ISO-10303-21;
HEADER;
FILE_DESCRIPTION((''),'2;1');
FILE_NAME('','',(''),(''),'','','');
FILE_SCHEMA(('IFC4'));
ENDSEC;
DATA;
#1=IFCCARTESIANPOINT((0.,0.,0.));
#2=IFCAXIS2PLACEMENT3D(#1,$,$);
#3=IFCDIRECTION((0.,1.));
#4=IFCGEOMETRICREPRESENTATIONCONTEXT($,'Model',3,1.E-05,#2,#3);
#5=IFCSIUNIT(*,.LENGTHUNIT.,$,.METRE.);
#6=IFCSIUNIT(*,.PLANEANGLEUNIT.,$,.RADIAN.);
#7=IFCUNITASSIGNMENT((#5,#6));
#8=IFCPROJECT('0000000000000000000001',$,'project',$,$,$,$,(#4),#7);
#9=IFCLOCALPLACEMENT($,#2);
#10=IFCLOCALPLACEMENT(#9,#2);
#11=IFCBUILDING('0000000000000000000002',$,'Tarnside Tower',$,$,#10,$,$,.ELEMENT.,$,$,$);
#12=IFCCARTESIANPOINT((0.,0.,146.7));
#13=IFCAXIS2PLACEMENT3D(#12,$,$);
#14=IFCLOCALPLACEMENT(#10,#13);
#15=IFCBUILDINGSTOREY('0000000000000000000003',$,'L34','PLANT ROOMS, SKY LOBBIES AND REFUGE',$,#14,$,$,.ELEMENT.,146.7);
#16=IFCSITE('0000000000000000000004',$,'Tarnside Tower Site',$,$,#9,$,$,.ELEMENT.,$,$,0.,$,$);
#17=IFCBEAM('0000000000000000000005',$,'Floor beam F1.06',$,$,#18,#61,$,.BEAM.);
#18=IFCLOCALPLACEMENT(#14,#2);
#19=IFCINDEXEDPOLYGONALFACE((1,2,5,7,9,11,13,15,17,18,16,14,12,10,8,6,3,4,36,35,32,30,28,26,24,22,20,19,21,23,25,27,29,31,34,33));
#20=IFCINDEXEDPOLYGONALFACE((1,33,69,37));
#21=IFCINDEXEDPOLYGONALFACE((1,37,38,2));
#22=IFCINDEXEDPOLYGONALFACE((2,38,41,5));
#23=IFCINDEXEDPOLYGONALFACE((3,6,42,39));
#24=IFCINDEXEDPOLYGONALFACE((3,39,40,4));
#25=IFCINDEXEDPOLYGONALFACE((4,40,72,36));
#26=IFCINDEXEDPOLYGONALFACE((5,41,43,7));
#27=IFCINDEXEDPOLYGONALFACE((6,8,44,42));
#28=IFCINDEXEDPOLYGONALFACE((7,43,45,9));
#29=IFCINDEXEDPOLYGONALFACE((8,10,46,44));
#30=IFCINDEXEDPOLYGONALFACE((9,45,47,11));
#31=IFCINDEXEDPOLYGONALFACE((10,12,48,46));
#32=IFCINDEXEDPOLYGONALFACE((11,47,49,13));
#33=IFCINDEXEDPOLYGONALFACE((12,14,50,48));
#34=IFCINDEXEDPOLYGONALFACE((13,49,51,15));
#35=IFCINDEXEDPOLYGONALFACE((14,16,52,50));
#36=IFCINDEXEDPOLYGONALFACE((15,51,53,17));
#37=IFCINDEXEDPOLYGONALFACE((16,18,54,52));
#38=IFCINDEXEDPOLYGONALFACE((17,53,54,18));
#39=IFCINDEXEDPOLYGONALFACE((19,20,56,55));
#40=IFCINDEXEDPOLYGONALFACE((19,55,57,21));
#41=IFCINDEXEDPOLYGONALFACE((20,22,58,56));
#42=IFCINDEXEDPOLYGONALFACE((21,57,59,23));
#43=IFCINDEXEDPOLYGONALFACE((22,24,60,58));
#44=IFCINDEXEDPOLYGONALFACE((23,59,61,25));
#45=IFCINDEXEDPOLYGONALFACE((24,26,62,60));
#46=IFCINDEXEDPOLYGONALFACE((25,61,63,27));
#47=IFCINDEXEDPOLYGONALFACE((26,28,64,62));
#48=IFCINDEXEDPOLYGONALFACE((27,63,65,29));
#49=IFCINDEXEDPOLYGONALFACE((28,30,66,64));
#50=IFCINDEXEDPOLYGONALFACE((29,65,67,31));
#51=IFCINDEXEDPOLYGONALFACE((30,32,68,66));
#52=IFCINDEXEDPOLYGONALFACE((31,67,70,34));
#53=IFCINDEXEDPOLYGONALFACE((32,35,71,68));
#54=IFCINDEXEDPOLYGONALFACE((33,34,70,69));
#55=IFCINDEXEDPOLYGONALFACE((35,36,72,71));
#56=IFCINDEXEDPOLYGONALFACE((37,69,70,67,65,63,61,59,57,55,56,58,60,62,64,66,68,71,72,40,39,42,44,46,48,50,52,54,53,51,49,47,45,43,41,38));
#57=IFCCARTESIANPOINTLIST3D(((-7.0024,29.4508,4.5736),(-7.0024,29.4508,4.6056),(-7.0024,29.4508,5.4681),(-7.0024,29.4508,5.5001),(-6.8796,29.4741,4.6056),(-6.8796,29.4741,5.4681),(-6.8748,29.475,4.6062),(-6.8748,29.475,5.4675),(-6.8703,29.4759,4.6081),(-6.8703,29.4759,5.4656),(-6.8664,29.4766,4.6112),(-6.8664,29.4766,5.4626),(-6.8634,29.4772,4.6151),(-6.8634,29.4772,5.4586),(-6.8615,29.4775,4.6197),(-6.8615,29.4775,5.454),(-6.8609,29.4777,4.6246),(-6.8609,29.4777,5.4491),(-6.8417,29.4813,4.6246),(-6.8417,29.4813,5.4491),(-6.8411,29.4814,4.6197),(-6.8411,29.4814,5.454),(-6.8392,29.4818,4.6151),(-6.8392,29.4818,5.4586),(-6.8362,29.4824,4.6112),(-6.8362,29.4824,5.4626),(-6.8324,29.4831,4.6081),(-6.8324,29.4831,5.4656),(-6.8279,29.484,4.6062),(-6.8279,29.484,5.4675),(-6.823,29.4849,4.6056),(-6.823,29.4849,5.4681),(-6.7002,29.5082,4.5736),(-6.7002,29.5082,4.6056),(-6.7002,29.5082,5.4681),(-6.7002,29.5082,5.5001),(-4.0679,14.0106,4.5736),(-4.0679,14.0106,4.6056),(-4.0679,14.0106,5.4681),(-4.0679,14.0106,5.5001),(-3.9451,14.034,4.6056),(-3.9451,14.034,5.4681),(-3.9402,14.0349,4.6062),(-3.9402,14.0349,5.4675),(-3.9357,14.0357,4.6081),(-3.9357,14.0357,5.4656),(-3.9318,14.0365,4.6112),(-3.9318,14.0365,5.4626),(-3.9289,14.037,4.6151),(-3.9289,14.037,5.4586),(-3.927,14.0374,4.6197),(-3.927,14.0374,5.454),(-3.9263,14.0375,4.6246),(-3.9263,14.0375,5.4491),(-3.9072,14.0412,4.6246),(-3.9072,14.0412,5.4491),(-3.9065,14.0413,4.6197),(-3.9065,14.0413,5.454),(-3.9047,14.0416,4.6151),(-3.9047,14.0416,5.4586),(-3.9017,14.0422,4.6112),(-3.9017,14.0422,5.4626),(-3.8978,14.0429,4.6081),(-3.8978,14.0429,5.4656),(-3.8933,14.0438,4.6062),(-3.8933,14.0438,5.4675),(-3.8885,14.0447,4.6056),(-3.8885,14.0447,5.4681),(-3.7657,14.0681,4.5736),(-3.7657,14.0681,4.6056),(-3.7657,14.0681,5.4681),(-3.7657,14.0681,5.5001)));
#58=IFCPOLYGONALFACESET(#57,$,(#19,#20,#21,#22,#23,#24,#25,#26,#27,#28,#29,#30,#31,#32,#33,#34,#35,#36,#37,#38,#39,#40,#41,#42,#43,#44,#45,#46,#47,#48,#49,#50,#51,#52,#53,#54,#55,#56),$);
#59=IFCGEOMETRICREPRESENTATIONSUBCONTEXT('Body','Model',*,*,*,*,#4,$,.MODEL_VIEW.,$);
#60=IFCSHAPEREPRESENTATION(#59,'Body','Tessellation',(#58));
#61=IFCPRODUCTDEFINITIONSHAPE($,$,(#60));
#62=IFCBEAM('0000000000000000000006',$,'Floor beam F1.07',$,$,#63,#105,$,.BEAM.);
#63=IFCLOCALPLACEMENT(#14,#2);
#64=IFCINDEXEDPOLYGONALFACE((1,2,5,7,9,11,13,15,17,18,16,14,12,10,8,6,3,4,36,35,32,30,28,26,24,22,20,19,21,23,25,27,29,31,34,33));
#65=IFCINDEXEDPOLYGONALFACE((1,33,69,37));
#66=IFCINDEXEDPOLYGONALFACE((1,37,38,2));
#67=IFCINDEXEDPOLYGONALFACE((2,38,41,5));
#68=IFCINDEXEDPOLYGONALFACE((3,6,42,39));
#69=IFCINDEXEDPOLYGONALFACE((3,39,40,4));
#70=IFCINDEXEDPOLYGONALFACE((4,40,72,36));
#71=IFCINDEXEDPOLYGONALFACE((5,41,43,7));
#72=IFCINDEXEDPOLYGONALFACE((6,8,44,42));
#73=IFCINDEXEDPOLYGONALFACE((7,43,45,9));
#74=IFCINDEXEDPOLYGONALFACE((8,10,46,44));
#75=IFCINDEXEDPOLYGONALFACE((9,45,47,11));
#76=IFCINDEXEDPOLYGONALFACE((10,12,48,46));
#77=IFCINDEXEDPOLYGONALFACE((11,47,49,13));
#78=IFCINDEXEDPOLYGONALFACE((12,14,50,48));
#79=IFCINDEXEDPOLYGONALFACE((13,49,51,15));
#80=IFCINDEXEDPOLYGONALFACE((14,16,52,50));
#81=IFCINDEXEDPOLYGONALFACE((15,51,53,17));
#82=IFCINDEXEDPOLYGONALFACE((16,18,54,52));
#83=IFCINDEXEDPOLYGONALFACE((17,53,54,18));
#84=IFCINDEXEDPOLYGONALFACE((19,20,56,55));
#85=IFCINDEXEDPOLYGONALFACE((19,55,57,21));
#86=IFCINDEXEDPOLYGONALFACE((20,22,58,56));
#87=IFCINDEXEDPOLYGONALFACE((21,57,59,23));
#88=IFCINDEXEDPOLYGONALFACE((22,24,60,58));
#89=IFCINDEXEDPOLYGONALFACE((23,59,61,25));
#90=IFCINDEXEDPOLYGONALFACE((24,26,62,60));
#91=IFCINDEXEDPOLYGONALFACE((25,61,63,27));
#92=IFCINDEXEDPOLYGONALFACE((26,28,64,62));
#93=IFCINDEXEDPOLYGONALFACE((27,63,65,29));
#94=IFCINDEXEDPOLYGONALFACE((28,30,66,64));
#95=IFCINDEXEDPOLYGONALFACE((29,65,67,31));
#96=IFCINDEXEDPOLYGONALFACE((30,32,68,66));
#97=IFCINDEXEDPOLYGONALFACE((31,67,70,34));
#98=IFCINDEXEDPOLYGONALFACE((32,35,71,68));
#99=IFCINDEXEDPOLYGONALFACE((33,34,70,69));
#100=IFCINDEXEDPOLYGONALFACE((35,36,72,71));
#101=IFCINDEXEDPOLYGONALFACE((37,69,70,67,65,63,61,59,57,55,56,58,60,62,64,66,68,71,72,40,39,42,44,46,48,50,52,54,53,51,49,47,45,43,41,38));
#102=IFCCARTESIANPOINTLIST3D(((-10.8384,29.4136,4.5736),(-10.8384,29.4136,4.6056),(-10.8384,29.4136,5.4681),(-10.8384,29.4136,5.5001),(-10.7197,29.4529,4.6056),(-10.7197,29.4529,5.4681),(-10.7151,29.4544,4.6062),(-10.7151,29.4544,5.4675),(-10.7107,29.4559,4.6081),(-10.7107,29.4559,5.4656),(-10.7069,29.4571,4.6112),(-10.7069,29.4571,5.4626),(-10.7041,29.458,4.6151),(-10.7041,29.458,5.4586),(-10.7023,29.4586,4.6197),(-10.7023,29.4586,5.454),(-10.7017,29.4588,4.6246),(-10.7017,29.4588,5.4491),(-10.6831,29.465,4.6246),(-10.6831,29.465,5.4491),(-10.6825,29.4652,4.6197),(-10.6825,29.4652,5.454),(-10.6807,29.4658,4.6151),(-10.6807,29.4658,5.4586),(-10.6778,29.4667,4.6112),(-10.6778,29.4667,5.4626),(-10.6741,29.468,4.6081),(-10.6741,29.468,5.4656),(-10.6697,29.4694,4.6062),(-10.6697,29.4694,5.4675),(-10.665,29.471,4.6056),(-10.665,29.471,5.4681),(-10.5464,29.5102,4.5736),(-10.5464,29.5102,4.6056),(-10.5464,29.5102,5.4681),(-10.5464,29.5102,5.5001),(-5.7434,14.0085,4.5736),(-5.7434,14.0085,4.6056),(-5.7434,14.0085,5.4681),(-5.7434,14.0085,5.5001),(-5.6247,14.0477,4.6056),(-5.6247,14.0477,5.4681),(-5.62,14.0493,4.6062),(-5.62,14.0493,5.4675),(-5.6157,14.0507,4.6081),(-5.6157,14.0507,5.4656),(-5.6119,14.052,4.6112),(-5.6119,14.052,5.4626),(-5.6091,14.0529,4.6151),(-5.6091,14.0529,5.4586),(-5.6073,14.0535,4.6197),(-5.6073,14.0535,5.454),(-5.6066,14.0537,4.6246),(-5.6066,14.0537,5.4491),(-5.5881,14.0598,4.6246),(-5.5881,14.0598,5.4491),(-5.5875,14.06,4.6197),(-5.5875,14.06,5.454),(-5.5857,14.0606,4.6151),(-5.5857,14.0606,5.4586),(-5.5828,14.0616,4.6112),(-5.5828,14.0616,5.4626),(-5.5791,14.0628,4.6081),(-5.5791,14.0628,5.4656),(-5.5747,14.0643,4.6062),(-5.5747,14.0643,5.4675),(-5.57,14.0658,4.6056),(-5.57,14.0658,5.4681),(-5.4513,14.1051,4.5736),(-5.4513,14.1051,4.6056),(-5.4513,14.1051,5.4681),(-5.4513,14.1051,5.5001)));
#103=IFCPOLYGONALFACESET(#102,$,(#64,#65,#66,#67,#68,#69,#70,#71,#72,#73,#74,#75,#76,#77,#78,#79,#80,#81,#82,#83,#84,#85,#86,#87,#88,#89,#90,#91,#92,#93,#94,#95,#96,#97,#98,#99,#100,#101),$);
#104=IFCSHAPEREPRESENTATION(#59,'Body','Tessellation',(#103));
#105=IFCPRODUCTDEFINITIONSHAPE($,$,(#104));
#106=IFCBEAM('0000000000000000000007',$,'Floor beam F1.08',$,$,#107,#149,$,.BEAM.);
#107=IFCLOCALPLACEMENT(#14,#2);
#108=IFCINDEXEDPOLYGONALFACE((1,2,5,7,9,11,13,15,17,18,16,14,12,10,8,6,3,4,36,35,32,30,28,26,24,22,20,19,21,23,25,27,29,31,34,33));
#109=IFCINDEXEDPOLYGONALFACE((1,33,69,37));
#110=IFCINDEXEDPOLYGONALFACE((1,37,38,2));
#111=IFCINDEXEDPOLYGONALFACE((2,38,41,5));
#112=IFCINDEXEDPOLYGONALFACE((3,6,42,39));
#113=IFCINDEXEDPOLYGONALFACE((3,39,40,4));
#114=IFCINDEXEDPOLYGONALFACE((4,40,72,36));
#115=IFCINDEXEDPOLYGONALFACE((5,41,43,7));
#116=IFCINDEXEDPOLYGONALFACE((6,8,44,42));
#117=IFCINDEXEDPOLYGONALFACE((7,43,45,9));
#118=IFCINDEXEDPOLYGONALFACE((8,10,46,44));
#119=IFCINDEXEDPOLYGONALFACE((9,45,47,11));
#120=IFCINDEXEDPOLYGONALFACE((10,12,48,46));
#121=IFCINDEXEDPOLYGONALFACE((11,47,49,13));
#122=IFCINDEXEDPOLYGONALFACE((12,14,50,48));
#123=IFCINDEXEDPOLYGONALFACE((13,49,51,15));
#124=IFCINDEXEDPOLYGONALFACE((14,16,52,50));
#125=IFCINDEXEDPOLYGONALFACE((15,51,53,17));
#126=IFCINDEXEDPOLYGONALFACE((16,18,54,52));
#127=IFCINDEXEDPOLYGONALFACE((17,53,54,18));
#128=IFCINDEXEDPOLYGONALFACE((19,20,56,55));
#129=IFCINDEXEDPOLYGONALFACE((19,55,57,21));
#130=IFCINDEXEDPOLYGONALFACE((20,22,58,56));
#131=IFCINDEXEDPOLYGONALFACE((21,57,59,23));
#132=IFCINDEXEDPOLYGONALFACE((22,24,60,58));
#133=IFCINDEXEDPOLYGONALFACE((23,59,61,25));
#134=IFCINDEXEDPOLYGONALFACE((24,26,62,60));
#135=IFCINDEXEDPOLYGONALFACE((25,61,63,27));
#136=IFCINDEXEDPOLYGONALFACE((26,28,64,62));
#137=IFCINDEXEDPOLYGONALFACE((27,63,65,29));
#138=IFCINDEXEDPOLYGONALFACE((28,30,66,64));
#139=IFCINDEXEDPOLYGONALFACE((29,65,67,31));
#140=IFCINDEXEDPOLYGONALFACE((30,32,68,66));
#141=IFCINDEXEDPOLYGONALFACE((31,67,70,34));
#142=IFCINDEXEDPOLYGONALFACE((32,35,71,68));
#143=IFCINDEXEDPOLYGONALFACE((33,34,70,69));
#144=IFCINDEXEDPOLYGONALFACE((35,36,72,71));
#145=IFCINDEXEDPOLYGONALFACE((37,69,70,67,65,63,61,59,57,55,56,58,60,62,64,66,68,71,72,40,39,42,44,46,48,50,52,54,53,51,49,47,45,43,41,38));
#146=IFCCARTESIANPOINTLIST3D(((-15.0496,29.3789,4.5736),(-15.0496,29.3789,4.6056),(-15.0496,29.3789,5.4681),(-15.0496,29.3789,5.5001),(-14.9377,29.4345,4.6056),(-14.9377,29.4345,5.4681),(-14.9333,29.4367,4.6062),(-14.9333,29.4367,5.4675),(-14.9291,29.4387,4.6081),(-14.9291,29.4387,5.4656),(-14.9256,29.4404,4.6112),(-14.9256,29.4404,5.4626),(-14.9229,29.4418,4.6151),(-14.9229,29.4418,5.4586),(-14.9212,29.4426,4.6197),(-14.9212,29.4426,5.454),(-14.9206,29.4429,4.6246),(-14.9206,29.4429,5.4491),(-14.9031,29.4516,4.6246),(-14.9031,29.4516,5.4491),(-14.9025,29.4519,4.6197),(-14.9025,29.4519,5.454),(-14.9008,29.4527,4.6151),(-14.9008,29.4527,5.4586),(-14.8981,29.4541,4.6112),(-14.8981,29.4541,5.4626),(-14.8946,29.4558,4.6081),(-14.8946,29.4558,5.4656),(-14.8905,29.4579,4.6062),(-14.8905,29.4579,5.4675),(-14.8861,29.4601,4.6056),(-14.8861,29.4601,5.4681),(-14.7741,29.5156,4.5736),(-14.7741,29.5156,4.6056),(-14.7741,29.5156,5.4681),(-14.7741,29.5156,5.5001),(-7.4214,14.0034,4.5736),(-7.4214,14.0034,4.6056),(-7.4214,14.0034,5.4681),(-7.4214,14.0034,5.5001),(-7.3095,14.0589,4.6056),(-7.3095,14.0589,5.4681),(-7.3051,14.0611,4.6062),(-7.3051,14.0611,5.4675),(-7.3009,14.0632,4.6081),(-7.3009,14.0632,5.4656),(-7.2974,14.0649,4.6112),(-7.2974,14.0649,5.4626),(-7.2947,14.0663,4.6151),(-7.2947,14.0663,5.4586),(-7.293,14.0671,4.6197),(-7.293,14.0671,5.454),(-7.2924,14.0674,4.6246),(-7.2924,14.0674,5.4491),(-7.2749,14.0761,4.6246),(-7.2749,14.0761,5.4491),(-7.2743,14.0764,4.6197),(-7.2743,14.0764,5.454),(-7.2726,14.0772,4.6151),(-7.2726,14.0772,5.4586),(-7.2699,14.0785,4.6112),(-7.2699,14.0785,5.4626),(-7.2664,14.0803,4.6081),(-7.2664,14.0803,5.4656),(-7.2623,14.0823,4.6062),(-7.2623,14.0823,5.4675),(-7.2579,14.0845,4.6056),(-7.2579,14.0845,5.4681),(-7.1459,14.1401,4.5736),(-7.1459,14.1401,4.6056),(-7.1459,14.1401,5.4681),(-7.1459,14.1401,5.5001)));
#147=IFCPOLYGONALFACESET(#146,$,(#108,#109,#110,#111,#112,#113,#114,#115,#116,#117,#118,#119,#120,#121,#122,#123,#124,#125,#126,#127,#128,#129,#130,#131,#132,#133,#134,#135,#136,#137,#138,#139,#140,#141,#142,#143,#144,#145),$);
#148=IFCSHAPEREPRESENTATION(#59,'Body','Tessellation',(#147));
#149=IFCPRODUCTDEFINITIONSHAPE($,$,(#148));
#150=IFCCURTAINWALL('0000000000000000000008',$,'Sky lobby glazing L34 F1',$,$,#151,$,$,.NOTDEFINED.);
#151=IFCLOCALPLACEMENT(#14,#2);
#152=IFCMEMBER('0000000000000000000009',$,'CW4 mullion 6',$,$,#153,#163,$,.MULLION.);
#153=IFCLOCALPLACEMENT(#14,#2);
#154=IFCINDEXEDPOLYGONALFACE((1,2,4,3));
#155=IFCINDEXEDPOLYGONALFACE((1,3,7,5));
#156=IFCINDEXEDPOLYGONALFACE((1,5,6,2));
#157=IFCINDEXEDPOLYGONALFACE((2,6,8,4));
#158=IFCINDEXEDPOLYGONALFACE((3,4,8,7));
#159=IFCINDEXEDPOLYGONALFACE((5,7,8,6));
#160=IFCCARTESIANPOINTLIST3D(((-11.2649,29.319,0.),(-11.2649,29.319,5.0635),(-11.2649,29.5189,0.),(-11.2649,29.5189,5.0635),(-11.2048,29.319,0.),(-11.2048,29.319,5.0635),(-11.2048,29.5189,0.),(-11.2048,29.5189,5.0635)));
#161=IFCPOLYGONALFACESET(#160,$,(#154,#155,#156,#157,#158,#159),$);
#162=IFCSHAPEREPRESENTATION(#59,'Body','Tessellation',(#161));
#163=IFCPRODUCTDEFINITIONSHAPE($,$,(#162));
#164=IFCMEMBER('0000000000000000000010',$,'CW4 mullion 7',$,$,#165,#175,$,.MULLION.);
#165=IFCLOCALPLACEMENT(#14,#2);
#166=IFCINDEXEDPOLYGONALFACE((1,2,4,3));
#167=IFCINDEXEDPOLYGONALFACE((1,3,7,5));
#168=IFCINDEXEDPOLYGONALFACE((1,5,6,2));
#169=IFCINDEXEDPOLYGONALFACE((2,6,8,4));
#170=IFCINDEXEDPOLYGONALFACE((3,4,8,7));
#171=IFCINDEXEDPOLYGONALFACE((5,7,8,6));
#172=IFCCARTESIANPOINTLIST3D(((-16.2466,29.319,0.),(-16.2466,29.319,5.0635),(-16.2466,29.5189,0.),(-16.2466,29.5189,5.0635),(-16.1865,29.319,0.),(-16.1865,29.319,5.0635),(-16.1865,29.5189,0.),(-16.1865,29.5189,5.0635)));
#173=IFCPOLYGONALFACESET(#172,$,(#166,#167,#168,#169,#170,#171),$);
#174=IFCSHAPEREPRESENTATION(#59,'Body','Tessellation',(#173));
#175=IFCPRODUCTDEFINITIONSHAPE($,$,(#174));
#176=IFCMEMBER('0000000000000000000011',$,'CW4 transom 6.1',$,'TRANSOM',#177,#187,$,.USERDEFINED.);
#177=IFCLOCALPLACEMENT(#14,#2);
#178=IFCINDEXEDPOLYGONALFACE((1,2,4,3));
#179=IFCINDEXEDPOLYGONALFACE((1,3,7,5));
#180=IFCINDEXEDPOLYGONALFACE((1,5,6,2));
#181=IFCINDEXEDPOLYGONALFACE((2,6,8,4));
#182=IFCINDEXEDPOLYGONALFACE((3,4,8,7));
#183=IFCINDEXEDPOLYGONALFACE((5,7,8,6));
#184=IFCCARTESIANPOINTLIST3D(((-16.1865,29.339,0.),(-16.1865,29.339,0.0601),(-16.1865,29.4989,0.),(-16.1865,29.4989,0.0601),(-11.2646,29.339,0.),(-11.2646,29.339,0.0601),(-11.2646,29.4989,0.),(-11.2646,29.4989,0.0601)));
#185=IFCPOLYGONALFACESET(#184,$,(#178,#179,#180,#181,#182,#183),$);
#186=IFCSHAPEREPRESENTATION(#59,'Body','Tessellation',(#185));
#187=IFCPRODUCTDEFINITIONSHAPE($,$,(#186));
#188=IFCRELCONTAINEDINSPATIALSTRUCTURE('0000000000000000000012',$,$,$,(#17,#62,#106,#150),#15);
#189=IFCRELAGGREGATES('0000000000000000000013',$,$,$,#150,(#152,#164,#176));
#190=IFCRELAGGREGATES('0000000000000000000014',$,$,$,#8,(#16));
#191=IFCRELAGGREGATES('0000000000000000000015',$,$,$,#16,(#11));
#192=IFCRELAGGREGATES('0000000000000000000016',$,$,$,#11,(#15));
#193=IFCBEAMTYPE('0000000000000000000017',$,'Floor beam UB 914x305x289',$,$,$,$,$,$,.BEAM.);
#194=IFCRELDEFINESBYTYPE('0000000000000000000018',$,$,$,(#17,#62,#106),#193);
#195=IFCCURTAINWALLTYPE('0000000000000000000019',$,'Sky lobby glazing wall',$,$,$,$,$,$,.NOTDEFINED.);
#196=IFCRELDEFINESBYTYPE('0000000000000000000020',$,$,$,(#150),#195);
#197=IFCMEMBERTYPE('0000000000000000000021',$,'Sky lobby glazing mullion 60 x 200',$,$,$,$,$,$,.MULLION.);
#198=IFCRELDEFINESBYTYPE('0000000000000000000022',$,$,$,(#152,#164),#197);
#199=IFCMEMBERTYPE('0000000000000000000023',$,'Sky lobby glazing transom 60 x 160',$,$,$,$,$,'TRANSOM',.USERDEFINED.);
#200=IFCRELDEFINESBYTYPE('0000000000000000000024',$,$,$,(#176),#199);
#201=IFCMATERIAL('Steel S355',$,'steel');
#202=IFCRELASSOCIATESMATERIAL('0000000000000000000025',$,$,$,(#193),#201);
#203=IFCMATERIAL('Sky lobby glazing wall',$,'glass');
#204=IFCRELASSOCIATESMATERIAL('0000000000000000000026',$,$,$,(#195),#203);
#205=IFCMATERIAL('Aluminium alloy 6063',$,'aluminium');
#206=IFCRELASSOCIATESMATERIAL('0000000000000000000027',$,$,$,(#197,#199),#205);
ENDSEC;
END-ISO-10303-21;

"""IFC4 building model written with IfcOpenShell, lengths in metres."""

from ifc_helpers import new_model, si_unit, direction, frame, origin, origin_2d, place, context, subcontext, project, spatial, rectangle, i_section, extrude, material, material_profile, profile_set, type_object, element, aggregate, save


model = new_model("IFC4")

# Units and contexts
model_context = context("Model", 3, precision=1e-05, world=origin(), true_north=direction((0.0, 1.0)))
body_context = subcontext(model_context, "Body", "Model", "MODEL_VIEW")
ifc_project = project(units=[si_unit("LENGTHUNIT", "METRE"), si_unit("PLANEANGLEUNIT", "RADIAN")], contexts=[model_context])

# Site, building, storey
site_placement = place(None, origin())
site = spatial("IfcSite", under=ifc_project, at=site_placement, Name="Tarnside Tower Site", CompositionType="ELEMENT", RefElevation=0.0)
building_placement = place(site_placement, origin())
building = spatial("IfcBuilding", under=site, at=building_placement, Name="Tarnside Tower", CompositionType="ELEMENT")
storey_placement = place(building_placement, frame((0.0, 0.0, 146.7)))
storey = spatial("IfcBuildingStorey", under=building, at=storey_placement, Name="L34", Description="PLANT ROOMS, SKY LOBBIES AND REFUGE", CompositionType="ELEMENT", Elevation=146.7)

# Beams
ifc_material_1 = material(Name="Steel S355", Category="steel")
ifc_material_profile_1 = material_profile(ifc_material_1, i_section(OverallWidth=0.3076, OverallDepth=0.9265, WebThickness=0.0195, FlangeThickness=0.032, FilletRadius=0.019, at=origin_2d()), Name="UB 914x305x289")
ifc_profile_set_1 = profile_set([ifc_material_profile_1], Name="Steel S355")
beam_type = type_object("IfcBeamType", Name="Floor beam UB 914x305x289", PredefinedType="BEAM", material=ifc_profile_set_1)
beam_1_placement = place(storey_placement, frame((-6.8513, 29.4795, 5.0369), z_axis=(0.186718, -0.982414, 0.0), x_axis=(0.982414, 0.186718, 0.0)))
element("IfcBeam", 1, at=beam_1_placement, inside=storey, type_object=beam_type, Name="Floor beam F1.06", PredefinedType="BEAM", context=body_context, shape_type="SweptSolid", body=[
    extrude(i_section(OverallWidth=0.3076, OverallDepth=0.9265, WebThickness=0.0195, FlangeThickness=0.032, FilletRadius=0.019, at=origin_2d()), origin(), (0.0, 0.0, 1.0), 15.7166),
])
beam_2_placement = place(storey_placement, frame((-10.6924, 29.4619, 5.0369), z_axis=(0.314006, -0.949421, 0.0), x_axis=(0.949421, 0.314006, 0.0)))
element("IfcBeam", 2, at=beam_2_placement, inside=storey, type_object=beam_type, Name="Floor beam F1.07", PredefinedType="BEAM", context=body_context, shape_type="SweptSolid", body=[
    extrude(i_section(OverallWidth=0.3076, OverallDepth=0.9265, WebThickness=0.0195, FlangeThickness=0.032, FilletRadius=0.019, at=origin_2d()), origin(), (0.0, 0.0, 1.0), 16.2258),
])
beam_3_placement = place(storey_placement, frame((-14.9119, 29.4473, 5.0369), z_axis=(0.444435, -0.895811, 0.0), x_axis=(0.895811, 0.444435, 0.0)))
element("IfcBeam", 3, at=beam_3_placement, inside=storey, type_object=beam_type, Name="Floor beam F1.08", PredefinedType="BEAM", context=body_context, shape_type="SweptSolid", body=[
    extrude(i_section(OverallWidth=0.3076, OverallDepth=0.9265, WebThickness=0.0195, FlangeThickness=0.032, FilletRadius=0.019, at=origin_2d()), origin(), (0.0, 0.0, 1.0), 17.1638),
])

# Curtain wall, members
ifc_material_2 = material(Name="Sky lobby glazing wall", Category="glass")
curtain_wall_type = type_object("IfcCurtainWallType", Name="Sky lobby glazing wall", PredefinedType="NOTDEFINED", material=ifc_material_2)
curtain_wall_placement = place(storey_placement, origin())
curtain_wall = element("IfcCurtainWall", 4, at=curtain_wall_placement, inside=storey, type_object=curtain_wall_type, Name="Sky lobby glazing L34 F1", PredefinedType="NOTDEFINED")
ifc_material_3 = material(Name="Aluminium alloy 6063", Category="aluminium")
ifc_material_profile_2 = material_profile(ifc_material_3, rectangle(XDim=0.2, YDim=0.0601, at=origin_2d()), Name="Sky lobby glazing mullion 60 x 200")
ifc_profile_set_2 = profile_set([ifc_material_profile_2], Name="Aluminium alloy 6063")
member_type_1 = type_object("IfcMemberType", Name="Sky lobby glazing mullion 60 x 200", PredefinedType="MULLION", material=ifc_profile_set_2)
member_1_placement = place(storey_placement, frame((-11.2349, 29.4189, 0.0), z_axis=(0.0, 0.0, 1.0), x_axis=(0.0, -1.0, 0.0)))
member_1 = element("IfcMember", 5, at=member_1_placement, type_object=member_type_1, Name="CW4 mullion 6", PredefinedType="MULLION", context=body_context, shape_type="SweptSolid", body=[
    extrude(rectangle(XDim=0.2, YDim=0.0601, at=origin_2d()), origin(), (0.0, 0.0, 1.0), 5.0635),
])
member_2_placement = place(storey_placement, frame((-16.2166, 29.4189, 0.0), z_axis=(0.0, 0.0, 1.0), x_axis=(0.0, -1.0, 0.0)))
member_2 = element("IfcMember", 6, at=member_2_placement, type_object=member_type_1, Name="CW4 mullion 7", PredefinedType="MULLION", context=body_context, shape_type="SweptSolid", body=[
    extrude(rectangle(XDim=0.2, YDim=0.0601, at=origin_2d()), origin(), (0.0, 0.0, 1.0), 5.0635),
])
ifc_material_profile_3 = material_profile(ifc_material_3, rectangle(XDim=0.1599, YDim=0.0601, at=origin_2d()), Name="Sky lobby glazing transom 60 x 160")
ifc_profile_set_3 = profile_set([ifc_material_profile_3], Name="Aluminium alloy 6063")
member_type_2 = type_object("IfcMemberType", Name="Sky lobby glazing transom 60 x 160", ElementType="TRANSOM", PredefinedType="USERDEFINED", material=ifc_profile_set_3)
member_3_placement = place(storey_placement, frame((-11.2646, 29.4189, 0.03), z_axis=(-1.0, 0.0, 0.0), x_axis=(0.0, -1.0, 0.0)))
member_3 = element("IfcMember", 7, at=member_3_placement, type_object=member_type_2, Name="CW4 transom 6.1", ObjectType="TRANSOM", PredefinedType="USERDEFINED", context=body_context, shape_type="SweptSolid", body=[
    extrude(rectangle(XDim=0.1599, YDim=0.0601, at=origin_2d()), origin(), (0.0, 0.0, 1.0), 4.9219),
])

aggregate(curtain_wall, [member_1, member_2, member_3])

save(model, "model.ifc")
